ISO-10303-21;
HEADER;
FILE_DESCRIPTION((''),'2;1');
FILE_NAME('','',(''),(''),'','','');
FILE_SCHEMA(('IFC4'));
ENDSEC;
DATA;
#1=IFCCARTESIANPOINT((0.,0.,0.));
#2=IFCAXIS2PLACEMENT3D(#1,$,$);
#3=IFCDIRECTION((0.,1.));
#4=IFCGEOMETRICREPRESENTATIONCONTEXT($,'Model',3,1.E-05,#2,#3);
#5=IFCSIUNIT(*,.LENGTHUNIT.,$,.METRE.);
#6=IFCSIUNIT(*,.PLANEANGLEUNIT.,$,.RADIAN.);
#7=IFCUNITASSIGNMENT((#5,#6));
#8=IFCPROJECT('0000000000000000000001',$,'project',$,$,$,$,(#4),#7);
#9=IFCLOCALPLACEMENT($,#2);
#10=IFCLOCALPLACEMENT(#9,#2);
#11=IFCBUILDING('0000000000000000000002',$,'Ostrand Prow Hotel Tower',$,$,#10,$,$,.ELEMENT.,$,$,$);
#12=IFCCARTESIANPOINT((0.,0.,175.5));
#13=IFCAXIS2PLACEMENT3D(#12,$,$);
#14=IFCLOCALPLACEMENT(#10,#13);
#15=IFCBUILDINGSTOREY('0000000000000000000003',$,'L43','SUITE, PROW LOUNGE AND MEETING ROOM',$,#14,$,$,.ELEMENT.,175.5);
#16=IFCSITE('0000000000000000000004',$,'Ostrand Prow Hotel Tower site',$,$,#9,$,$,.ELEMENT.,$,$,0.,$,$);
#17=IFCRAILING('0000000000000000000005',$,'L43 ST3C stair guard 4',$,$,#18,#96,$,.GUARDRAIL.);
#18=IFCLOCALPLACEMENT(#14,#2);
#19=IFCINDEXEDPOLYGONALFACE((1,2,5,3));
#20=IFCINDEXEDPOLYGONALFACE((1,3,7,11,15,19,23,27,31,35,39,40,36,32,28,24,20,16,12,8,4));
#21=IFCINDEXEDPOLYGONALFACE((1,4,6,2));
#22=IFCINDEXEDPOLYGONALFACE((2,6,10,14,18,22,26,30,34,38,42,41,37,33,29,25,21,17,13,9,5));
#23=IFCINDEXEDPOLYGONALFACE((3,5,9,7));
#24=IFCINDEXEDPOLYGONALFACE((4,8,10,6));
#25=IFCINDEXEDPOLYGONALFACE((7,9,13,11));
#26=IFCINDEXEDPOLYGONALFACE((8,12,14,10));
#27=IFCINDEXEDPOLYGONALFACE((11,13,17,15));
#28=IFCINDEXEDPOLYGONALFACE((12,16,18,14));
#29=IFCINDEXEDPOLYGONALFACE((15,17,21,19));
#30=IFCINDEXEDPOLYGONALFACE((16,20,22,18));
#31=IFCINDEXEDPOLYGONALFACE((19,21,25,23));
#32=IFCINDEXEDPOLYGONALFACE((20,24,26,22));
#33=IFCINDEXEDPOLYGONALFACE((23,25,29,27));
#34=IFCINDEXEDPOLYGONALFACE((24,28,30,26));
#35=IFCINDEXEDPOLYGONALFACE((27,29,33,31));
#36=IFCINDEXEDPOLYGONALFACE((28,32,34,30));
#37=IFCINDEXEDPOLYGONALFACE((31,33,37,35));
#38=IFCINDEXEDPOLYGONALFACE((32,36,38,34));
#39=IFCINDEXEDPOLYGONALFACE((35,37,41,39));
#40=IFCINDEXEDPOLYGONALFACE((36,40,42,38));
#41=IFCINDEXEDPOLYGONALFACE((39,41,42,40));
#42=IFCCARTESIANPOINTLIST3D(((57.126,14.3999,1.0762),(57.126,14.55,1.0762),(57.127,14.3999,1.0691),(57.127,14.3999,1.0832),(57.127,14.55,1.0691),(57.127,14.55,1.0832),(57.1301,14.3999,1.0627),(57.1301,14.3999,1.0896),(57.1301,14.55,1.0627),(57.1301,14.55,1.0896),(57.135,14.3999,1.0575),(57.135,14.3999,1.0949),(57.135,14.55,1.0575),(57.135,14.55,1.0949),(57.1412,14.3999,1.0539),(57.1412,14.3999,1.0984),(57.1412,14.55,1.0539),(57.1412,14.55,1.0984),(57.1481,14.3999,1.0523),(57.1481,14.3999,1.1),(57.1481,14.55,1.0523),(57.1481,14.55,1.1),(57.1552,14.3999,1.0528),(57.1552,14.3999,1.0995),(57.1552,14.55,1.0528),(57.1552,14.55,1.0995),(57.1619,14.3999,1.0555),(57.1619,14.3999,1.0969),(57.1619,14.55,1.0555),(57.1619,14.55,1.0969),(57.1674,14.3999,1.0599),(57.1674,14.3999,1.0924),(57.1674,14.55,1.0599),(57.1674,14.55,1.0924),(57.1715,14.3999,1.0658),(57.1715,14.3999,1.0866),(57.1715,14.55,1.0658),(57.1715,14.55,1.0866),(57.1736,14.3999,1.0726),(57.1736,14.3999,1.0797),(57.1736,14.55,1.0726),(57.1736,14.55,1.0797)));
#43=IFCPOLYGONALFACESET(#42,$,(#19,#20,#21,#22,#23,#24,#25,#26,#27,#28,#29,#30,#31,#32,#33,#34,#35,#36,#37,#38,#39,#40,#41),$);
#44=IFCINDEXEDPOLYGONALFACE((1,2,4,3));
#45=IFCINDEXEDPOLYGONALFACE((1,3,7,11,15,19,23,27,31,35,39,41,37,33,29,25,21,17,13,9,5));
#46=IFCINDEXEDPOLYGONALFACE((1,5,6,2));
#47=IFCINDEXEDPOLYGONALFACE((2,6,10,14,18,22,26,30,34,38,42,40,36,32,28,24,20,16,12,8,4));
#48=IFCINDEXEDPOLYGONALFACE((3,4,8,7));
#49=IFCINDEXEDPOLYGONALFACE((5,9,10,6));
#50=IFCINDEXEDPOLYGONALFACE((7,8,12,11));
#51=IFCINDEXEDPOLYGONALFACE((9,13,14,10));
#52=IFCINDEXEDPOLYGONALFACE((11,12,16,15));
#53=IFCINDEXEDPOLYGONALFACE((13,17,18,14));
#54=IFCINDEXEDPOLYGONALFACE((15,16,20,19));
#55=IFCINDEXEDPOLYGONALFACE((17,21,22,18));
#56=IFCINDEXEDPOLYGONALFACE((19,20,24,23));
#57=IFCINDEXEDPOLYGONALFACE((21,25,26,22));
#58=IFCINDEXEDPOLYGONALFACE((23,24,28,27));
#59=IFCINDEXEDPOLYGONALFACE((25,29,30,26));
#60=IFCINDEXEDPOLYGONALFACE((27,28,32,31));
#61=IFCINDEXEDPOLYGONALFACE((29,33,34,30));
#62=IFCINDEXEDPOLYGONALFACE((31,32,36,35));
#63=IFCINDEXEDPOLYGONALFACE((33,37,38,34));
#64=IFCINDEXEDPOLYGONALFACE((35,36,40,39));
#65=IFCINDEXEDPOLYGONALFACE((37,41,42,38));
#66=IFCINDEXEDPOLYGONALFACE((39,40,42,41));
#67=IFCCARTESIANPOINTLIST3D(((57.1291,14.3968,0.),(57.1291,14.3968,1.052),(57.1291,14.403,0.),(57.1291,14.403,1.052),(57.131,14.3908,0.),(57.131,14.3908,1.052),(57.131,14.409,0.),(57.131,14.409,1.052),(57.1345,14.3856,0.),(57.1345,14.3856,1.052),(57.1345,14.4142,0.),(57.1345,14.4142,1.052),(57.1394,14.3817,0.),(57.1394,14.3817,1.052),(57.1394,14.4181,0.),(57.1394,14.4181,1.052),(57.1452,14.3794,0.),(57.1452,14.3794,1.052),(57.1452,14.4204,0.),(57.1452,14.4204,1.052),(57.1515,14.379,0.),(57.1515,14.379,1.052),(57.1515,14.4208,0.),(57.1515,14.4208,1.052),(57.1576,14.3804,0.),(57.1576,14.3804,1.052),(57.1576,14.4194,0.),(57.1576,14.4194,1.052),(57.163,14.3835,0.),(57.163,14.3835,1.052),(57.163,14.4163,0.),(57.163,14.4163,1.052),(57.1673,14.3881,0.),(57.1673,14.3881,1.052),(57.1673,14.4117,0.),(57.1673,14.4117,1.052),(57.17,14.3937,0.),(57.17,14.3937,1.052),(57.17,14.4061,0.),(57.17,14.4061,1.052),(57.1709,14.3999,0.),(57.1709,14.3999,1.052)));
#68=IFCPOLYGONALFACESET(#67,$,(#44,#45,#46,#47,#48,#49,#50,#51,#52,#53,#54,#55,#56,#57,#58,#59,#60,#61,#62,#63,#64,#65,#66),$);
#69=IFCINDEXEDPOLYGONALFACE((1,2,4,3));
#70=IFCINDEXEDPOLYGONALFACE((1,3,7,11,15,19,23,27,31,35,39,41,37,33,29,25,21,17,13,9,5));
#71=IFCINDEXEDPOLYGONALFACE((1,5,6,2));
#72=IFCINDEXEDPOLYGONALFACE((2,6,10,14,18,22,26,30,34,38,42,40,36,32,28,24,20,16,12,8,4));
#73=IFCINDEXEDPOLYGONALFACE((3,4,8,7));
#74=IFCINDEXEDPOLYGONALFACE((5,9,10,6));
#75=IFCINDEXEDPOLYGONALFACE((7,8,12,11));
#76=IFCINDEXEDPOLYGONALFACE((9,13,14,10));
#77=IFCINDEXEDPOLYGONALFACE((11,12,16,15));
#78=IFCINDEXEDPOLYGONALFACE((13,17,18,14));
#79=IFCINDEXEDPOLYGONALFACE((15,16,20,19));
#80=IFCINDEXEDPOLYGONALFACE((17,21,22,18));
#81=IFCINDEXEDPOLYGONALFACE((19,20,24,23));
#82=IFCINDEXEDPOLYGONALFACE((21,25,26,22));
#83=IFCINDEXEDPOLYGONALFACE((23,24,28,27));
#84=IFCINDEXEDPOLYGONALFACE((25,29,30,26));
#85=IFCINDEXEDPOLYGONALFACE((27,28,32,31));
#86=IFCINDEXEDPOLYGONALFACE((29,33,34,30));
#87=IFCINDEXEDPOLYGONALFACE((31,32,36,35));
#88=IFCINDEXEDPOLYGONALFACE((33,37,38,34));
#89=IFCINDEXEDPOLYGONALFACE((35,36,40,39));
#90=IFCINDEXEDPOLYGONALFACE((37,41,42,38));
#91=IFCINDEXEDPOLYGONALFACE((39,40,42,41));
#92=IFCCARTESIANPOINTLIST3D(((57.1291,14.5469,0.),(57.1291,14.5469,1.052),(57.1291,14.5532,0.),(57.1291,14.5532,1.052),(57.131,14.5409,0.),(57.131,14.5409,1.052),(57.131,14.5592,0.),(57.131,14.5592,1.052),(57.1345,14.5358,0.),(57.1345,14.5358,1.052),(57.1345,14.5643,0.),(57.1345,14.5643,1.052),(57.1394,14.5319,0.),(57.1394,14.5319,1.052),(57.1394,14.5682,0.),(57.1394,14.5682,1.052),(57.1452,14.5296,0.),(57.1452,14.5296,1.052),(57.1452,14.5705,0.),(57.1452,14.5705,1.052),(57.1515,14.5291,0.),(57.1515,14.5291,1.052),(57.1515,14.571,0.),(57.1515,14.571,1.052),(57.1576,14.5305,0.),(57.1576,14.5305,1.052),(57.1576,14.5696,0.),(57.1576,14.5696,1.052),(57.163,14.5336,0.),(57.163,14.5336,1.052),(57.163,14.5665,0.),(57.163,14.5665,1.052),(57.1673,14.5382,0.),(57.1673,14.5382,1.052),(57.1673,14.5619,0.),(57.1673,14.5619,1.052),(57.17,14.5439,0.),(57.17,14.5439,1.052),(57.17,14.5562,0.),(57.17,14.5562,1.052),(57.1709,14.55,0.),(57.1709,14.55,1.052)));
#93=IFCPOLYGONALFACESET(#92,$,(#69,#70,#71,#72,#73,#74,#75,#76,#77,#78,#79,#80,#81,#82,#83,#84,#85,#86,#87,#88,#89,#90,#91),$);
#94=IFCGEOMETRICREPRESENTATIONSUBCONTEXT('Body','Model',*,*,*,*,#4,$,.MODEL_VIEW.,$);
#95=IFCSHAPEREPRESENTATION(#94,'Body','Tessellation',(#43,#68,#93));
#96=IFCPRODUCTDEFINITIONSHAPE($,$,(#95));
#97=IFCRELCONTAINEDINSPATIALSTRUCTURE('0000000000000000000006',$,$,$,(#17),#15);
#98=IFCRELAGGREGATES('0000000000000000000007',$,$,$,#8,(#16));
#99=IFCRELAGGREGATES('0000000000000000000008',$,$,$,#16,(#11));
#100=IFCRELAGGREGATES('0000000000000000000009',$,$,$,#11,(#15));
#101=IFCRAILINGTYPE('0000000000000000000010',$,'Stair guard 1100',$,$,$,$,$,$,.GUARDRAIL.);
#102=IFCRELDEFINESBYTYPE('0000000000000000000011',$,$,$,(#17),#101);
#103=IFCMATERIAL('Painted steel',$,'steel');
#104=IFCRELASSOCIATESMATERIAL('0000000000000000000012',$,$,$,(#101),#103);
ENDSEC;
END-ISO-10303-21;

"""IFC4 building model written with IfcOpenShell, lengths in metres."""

from ifc_helpers import new_model, si_unit, direction, frame, origin, origin_2d, place, context, subcontext, project, spatial, circle, extrude, material, type_object, element, save


model = new_model("IFC4")

# Units and contexts
model_context = context("Model", 3, precision=1e-05, world=origin(), true_north=direction((0.0, 1.0)))
body_context = subcontext(model_context, "Body", "Model", "MODEL_VIEW")
ifc_project = project(units=[si_unit("LENGTHUNIT", "METRE"), si_unit("PLANEANGLEUNIT", "RADIAN")], contexts=[model_context])

# Site, building, storey
site_placement = place(None, origin())
site = spatial("IfcSite", under=ifc_project, at=site_placement, Name="Ostrand Prow Hotel Tower site", CompositionType="ELEMENT", RefElevation=0.0)
building_placement = place(site_placement, origin())
building = spatial("IfcBuilding", under=site, at=building_placement, Name="Ostrand Prow Hotel Tower", CompositionType="ELEMENT")
storey_placement = place(building_placement, frame((0.0, 0.0, 175.5)))
storey = spatial("IfcBuildingStorey", under=building, at=storey_placement, Name="L43", Description="SUITE, PROW LOUNGE AND MEETING ROOM", CompositionType="ELEMENT", Elevation=175.5)

# Railing
ifc_material_1 = material(Name="Painted steel", Category="steel")
railing_type = type_object("IfcRailingType", Name="Stair guard 1100", PredefinedType="GUARDRAIL", material=ifc_material_1)
railing_1_placement = place(storey_placement, frame((57.1499, 14.3999, 0.0)))
element("IfcRailing", 1, at=railing_1_placement, inside=storey, type_object=railing_type, Name="L43 ST3C stair guard 4", PredefinedType="GUARDRAIL", context=body_context, shape_type="SweptSolid", body=[
    extrude(circle(Radius=0.0239, at=origin_2d()), frame((0.0, 0.0, 1.0762), z_axis=(0.0, 1.0, 0.0), x_axis=(-1.0, 0.0, 0.0)), (0.0, 0.0, 1.0), 0.1501),
    extrude(circle(Radius=0.021, at=origin_2d()), origin(), (0.0, 0.0, 1.0), 1.052),
    extrude(circle(Radius=0.021, at=origin_2d()), frame((0.0, 0.1501, 0.0)), (0.0, 0.0, 1.0), 1.052),
])

save(model, "model.ifc")
